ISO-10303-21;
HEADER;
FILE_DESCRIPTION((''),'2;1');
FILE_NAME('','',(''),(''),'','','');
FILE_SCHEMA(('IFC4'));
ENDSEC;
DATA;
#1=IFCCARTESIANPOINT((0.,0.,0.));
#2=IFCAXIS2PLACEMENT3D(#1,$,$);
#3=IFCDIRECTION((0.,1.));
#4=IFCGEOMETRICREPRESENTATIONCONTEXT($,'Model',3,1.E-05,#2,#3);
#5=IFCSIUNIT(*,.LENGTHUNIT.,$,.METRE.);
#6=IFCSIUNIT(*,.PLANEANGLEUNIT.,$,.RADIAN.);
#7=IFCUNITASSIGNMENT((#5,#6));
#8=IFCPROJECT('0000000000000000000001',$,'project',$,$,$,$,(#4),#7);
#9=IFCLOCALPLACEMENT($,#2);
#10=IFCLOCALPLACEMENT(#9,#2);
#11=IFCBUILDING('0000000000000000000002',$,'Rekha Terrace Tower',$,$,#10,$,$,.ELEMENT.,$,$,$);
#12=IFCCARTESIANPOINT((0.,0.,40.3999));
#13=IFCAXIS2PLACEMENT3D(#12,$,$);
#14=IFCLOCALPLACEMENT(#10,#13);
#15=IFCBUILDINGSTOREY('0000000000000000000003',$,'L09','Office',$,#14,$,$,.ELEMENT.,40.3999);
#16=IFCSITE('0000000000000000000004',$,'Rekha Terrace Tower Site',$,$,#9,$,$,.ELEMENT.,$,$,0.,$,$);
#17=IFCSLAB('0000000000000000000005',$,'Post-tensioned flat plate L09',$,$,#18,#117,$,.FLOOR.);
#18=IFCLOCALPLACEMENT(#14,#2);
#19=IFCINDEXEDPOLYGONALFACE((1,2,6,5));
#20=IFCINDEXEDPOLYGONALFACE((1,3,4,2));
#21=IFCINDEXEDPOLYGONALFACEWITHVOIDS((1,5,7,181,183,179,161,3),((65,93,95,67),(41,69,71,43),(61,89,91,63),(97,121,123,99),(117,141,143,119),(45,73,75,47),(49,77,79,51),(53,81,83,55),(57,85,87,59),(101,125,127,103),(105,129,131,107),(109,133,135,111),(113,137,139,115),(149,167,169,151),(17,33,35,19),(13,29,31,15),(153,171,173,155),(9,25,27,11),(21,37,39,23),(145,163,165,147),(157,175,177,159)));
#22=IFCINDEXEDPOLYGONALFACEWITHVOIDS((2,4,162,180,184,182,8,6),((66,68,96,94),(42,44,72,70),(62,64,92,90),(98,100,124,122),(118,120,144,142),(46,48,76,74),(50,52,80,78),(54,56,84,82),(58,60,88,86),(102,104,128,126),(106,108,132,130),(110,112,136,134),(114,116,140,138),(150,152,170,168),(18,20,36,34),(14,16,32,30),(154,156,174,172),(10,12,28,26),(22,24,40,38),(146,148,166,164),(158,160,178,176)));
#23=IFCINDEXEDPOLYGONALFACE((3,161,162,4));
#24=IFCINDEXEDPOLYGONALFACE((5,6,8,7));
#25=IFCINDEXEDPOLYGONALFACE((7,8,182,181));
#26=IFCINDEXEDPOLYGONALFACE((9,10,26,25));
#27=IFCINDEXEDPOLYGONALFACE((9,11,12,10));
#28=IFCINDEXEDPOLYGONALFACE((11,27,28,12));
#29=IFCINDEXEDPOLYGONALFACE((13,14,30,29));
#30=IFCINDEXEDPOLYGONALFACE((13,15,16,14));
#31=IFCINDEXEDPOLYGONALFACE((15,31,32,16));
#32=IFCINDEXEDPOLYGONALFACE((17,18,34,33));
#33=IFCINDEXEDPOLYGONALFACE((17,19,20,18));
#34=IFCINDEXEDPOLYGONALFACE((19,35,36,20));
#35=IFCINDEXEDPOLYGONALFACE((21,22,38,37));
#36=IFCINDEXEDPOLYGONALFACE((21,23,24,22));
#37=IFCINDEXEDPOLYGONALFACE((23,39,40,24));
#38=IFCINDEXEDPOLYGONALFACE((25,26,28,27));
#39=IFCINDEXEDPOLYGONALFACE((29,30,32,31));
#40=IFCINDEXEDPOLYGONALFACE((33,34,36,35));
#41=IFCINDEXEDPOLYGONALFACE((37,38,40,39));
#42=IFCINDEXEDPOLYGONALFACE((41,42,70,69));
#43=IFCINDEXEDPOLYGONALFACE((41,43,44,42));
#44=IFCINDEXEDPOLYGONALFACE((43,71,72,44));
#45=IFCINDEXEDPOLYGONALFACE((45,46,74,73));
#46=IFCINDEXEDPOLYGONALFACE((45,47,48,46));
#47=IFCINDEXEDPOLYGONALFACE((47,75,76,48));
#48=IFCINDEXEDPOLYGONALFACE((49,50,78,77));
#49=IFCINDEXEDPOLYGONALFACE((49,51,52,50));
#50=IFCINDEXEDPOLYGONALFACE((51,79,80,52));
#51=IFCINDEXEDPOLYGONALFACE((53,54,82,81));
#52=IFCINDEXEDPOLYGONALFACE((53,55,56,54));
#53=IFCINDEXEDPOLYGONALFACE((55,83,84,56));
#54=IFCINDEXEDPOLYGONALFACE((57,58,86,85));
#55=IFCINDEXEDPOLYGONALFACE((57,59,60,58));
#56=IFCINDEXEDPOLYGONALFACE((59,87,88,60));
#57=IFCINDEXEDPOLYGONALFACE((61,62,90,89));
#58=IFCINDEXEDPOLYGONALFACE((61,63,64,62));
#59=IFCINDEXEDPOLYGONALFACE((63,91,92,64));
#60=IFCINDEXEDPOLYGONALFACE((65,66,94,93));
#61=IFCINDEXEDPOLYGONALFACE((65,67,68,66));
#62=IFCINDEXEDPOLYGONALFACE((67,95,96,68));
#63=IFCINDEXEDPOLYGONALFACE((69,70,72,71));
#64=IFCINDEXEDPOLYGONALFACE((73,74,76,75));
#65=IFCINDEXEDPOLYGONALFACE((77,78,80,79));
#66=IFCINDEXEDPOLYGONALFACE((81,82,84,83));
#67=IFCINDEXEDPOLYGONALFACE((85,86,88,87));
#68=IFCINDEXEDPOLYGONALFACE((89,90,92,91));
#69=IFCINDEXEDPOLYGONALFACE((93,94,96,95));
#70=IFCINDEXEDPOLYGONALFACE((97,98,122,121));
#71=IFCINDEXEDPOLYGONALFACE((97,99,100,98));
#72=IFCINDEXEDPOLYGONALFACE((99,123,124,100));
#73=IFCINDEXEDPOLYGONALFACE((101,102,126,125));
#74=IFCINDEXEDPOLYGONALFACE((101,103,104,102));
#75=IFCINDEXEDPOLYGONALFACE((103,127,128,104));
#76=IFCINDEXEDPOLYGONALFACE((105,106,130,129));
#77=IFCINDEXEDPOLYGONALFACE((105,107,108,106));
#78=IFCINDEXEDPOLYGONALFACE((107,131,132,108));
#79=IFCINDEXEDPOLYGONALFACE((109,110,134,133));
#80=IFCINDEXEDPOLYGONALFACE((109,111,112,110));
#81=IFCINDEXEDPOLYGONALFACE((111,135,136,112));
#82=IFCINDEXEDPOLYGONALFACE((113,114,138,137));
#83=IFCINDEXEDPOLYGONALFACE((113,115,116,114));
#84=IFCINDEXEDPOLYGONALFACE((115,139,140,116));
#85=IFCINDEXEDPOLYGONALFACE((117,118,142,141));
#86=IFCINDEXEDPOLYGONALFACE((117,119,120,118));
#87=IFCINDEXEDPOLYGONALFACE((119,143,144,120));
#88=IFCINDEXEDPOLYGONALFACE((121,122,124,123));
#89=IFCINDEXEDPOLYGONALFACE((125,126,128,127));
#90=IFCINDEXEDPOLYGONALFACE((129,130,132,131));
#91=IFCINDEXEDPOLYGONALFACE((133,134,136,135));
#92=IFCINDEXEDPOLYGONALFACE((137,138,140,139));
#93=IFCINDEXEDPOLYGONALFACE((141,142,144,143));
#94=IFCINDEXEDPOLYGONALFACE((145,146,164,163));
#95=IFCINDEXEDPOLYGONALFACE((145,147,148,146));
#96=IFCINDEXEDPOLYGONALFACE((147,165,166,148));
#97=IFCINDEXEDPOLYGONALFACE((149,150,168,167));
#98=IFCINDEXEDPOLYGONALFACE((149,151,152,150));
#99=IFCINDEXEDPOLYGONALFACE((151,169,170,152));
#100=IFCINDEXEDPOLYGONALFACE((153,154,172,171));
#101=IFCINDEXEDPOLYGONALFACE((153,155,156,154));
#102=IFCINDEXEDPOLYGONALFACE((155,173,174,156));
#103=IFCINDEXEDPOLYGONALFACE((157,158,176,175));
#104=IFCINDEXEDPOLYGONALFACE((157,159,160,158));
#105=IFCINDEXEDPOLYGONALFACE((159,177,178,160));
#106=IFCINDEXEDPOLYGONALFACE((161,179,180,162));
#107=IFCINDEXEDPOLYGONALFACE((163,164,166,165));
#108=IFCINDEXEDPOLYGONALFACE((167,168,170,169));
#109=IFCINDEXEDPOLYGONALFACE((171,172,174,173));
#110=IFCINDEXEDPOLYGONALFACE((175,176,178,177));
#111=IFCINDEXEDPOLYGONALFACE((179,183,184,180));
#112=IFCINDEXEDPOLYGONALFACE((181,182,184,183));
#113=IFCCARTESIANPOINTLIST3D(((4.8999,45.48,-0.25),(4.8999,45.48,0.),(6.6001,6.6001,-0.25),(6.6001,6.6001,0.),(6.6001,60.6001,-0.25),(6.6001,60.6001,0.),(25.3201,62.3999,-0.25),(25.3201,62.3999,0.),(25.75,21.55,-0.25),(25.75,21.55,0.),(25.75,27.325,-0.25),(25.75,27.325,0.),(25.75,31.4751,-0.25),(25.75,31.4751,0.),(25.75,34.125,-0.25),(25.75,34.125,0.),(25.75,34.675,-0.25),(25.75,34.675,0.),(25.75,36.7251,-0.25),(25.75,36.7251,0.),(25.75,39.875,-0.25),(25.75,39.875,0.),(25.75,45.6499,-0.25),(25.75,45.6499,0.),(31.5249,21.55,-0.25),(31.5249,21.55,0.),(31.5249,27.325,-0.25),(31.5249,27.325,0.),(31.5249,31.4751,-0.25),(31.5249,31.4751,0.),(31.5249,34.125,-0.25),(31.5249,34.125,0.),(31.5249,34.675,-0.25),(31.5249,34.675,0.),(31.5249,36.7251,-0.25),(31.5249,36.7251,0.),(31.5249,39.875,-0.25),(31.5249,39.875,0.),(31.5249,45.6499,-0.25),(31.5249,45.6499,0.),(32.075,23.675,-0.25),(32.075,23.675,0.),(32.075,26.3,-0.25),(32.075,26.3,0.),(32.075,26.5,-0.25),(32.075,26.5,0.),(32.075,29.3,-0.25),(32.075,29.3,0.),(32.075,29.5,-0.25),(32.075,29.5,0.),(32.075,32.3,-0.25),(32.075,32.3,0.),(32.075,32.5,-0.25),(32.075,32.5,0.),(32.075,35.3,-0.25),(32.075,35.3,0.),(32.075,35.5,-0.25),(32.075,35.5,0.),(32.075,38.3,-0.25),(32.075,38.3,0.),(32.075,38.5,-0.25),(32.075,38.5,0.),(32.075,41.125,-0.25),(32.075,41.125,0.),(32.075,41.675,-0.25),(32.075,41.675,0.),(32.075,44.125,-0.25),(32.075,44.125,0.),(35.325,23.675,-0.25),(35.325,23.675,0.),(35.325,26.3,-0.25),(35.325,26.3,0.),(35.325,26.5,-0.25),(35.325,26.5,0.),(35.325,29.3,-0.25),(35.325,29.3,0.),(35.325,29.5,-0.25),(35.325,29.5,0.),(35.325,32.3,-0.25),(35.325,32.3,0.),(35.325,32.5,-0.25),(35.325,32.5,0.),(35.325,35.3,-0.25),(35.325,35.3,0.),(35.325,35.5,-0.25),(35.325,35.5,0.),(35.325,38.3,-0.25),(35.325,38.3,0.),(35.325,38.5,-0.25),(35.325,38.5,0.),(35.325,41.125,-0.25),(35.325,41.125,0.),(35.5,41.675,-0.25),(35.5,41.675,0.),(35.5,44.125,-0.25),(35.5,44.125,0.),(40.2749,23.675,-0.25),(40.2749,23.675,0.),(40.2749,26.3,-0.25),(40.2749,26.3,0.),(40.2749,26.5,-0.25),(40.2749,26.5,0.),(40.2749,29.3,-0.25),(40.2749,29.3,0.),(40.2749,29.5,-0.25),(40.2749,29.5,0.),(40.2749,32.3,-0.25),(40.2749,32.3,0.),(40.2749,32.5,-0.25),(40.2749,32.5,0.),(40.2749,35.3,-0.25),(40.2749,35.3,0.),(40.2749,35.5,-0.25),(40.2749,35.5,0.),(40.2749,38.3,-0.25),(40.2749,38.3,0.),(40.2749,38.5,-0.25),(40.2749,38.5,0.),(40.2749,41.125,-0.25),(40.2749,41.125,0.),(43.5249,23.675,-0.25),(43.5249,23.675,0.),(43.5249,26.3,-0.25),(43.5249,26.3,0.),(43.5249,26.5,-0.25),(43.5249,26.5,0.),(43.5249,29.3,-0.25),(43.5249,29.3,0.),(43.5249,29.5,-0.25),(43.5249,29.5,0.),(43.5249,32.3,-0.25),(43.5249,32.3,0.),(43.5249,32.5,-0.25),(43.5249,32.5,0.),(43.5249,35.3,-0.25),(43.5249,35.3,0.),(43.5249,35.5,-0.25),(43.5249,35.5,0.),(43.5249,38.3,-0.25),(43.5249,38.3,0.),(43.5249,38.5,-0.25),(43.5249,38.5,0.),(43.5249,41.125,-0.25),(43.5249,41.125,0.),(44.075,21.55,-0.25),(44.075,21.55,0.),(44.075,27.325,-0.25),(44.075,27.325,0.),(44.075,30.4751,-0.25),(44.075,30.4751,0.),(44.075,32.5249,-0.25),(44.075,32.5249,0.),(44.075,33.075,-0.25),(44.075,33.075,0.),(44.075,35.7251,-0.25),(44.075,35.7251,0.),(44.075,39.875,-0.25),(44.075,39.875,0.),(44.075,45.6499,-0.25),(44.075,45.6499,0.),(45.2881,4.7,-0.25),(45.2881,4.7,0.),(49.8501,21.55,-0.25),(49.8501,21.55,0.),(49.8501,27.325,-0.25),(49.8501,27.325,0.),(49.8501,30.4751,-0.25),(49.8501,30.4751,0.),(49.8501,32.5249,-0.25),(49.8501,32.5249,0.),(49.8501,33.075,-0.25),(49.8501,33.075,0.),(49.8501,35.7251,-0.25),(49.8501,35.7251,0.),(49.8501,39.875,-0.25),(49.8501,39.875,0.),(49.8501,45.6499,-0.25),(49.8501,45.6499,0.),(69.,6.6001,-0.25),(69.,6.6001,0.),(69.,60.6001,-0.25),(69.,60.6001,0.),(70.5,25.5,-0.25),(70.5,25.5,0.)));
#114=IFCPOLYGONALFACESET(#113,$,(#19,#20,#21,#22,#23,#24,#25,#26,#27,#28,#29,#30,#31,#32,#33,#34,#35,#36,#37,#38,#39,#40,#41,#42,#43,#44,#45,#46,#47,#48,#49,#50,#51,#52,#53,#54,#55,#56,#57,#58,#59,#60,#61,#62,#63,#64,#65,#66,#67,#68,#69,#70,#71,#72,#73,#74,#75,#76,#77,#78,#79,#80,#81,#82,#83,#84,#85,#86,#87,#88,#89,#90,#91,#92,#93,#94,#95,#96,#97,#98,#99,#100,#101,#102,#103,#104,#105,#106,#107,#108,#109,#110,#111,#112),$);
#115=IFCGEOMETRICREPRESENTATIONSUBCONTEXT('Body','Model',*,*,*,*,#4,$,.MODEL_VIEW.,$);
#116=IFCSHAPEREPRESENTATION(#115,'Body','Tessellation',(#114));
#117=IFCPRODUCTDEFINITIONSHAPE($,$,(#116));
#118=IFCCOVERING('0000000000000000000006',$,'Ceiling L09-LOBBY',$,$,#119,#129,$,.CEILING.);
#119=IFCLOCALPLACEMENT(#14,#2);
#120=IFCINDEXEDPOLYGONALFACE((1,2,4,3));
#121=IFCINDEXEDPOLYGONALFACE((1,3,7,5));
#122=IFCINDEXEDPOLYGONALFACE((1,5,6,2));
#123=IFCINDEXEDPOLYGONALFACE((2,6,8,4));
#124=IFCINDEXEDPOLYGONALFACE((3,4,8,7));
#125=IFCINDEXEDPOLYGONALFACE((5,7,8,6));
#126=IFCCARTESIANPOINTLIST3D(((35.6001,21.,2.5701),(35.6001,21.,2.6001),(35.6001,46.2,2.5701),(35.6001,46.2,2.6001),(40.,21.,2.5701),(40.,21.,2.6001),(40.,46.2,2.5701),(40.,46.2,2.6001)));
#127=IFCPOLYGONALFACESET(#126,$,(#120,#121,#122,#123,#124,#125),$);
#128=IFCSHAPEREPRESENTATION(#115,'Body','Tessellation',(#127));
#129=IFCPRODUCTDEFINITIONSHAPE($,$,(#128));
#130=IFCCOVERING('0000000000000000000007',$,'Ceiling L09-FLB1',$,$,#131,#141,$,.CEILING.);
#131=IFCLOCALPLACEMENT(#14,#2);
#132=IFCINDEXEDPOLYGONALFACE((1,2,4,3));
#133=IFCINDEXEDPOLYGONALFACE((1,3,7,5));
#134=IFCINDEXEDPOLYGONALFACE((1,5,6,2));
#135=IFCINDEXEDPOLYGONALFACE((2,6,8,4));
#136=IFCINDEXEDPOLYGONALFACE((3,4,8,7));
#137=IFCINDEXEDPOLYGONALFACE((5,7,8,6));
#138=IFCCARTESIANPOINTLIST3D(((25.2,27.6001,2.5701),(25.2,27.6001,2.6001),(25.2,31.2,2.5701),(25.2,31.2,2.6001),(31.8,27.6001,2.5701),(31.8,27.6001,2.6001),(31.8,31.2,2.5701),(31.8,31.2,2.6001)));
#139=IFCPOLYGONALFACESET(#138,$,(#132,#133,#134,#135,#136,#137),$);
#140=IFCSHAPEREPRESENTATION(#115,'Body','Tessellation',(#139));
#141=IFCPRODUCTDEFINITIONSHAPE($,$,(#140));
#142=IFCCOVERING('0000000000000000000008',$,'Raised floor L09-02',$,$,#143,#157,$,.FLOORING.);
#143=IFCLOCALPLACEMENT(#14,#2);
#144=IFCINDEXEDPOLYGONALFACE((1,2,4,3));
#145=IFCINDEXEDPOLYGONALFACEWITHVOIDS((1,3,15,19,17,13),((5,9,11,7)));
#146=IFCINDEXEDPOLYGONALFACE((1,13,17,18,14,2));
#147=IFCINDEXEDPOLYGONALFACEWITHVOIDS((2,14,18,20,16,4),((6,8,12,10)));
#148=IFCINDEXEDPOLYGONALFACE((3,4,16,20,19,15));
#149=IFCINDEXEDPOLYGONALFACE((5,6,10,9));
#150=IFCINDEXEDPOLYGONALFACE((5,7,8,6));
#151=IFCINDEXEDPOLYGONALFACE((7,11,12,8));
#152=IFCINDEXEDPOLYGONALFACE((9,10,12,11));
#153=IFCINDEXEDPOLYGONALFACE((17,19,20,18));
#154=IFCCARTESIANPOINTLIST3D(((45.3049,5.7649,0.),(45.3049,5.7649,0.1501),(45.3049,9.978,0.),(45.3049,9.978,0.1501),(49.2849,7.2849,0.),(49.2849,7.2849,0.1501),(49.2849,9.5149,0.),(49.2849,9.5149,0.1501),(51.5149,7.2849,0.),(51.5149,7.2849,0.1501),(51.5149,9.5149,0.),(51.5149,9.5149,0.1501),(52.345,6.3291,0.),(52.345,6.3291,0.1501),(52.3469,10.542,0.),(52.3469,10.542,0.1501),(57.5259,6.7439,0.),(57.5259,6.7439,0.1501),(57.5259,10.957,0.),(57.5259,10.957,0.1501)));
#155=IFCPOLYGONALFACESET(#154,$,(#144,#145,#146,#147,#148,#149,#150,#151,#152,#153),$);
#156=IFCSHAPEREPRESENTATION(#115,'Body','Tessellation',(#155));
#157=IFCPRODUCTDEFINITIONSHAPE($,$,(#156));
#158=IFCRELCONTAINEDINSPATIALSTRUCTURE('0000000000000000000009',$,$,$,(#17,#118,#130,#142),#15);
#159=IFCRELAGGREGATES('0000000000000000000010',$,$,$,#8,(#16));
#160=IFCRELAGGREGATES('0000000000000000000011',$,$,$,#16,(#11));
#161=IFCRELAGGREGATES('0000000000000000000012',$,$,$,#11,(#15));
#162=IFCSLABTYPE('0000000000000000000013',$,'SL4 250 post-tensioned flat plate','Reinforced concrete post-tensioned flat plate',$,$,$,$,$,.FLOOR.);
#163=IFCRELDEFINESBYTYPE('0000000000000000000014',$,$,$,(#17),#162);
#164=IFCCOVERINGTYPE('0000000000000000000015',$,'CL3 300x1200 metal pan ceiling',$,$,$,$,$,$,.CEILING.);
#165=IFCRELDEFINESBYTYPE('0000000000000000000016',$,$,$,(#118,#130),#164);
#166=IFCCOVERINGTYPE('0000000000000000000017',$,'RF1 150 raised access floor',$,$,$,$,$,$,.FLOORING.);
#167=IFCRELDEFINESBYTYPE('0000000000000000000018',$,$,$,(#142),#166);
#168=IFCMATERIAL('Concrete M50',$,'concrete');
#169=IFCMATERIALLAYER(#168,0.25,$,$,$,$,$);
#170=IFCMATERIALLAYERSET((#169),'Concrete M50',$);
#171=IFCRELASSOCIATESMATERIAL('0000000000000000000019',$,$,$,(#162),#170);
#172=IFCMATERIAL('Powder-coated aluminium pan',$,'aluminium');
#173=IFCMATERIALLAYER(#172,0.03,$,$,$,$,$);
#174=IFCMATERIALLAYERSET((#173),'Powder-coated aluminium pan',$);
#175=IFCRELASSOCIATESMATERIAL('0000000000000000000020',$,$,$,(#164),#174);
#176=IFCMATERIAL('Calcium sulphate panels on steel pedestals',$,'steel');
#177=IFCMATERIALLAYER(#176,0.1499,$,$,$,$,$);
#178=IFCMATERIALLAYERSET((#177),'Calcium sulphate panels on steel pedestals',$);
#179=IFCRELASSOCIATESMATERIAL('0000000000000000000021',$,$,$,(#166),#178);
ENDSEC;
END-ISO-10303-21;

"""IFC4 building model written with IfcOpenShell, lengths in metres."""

from ifc_helpers import new_model, si_unit, direction, frame, origin, place, context, subcontext, project, spatial, polyline, outline, extrude, material, layer, layer_set, type_object, element, save


model = new_model("IFC4")

# Units and contexts
model_context = context("Model", 3, precision=1e-05, world=origin(), true_north=direction((0.0, 1.0)))
body_context = subcontext(model_context, "Body", "Model", "MODEL_VIEW")
ifc_project = project(units=[si_unit("LENGTHUNIT", "METRE"), si_unit("PLANEANGLEUNIT", "RADIAN")], contexts=[model_context])

# Site, building, storey
site_placement = place(None, origin())
site = spatial("IfcSite", under=ifc_project, at=site_placement, Name="Rekha Terrace Tower Site", CompositionType="ELEMENT", RefElevation=0.0)
building_placement = place(site_placement, origin())
building = spatial("IfcBuilding", under=site, at=building_placement, Name="Rekha Terrace Tower", CompositionType="ELEMENT")
storey_placement = place(building_placement, frame((0.0, 0.0, 40.3999)))
storey = spatial("IfcBuildingStorey", under=building, at=storey_placement, Name="L09", Description="Office", CompositionType="ELEMENT", Elevation=40.3999)

# Slab
ifc_material_1 = material(Name="Concrete M50", Category="concrete")
ifc_layer_1 = layer(ifc_material_1, 0.25)
ifc_layer_set_1 = layer_set([ifc_layer_1], Name="Concrete M50")
slab_type_1 = type_object("IfcSlabType", Name="SL4 250 post-tensioned flat plate", Description="Reinforced concrete post-tensioned flat plate", PredefinedType="FLOOR", material=ifc_layer_set_1)
slab_1_placement = place(storey_placement, frame((0.0, 0.0, -0.25)))
element("IfcSlab", 1, at=slab_1_placement, inside=storey, type_object=slab_type_1, Name="Post-tensioned flat plate L09", PredefinedType="FLOOR", context=body_context, shape_type="SweptSolid", body=[
    extrude(outline(polyline([(4.8999, 45.48), (6.6001, 6.6001), (45.2881, 4.7), (69.0, 6.6001), (70.5, 25.5), (69.0, 60.6001), (25.3201, 62.3999), (6.6001, 60.6001), (4.8999, 45.48)]), holes=[polyline([(31.5249, 27.325), (31.5249, 21.55), (25.75, 21.55), (25.75, 27.325), (31.5249, 27.325)]), polyline([(35.325, 26.3), (35.325, 23.675), (32.075, 23.675), (32.075, 26.3), (35.325, 26.3)]), polyline([(35.325, 29.3), (35.325, 26.5), (32.075, 26.5), (32.075, 29.3), (35.325, 29.3)]), polyline([(35.325, 29.5), (32.075, 29.5), (32.075, 32.3), (35.325, 32.3), (35.325, 29.5)]), polyline([(31.5249, 31.4751), (25.75, 31.4751), (25.75, 34.125), (31.5249, 34.125), (31.5249, 31.4751)]), polyline([(35.325, 35.3), (35.325, 32.5), (32.075, 32.5), (32.075, 35.3), (35.325, 35.3)]), polyline([(31.5249, 36.7251), (31.5249, 34.675), (25.75, 34.675), (25.75, 36.7251), (31.5249, 36.7251)]), polyline([(35.325, 38.3), (35.325, 35.5), (32.075, 35.5), (32.075, 38.3), (35.325, 38.3)]), polyline([(35.325, 38.5), (32.075, 38.5), (32.075, 41.125), (35.325, 41.125), (35.325, 38.5)]), polyline([(31.5249, 39.875), (25.75, 39.875), (25.75, 45.6499), (31.5249, 45.6499), (31.5249, 39.875)]), polyline([(35.5, 44.125), (35.5, 41.675), (32.075, 41.675), (32.075, 44.125), (35.5, 44.125)]), polyline([(49.8501, 27.325), (49.8501, 21.55), (44.075, 21.55), (44.075, 27.325), (49.8501, 27.325)]), polyline([(43.5249, 26.3), (43.5249, 23.675), (40.2749, 23.675), (40.2749, 26.3), (43.5249, 26.3)]), polyline([(43.5249, 26.5), (40.2749, 26.5), (40.2749, 29.3), (43.5249, 29.3), (43.5249, 26.5)]), polyline([(43.5249, 29.5), (40.2749, 29.5), (40.2749, 32.3), (43.5249, 32.3), (43.5249, 29.5)]), polyline([(49.8501, 32.5249), (49.8501, 30.4751), (44.075, 30.4751), (44.075, 32.5249), (49.8501, 32.5249)]), polyline([(43.5249, 32.5), (40.2749, 32.5), (40.2749, 35.3), (43.5249, 35.3), (43.5249, 32.5)]), polyline([(49.8501, 33.075), (44.075, 33.075), (44.075, 35.7251), (49.8501, 35.7251), (49.8501, 33.075)]), polyline([(43.5249, 38.3), (43.5249, 35.5), (40.2749, 35.5), (40.2749, 38.3), (43.5249, 38.3)]), polyline([(43.5249, 38.5), (40.2749, 38.5), (40.2749, 41.125), (43.5249, 41.125), (43.5249, 38.5)]), polyline([(49.8501, 39.875), (44.075, 39.875), (44.075, 45.6499), (49.8501, 45.6499), (49.8501, 39.875)])]), origin(), (0.0, 0.0, 1.0), 0.25),
])

# Coverings
ifc_material_2 = material(Name="Powder-coated aluminium pan", Category="aluminium")
ifc_layer_2 = layer(ifc_material_2, 0.03)
ifc_layer_set_2 = layer_set([ifc_layer_2], Name="Powder-coated aluminium pan")
covering_type_1 = type_object("IfcCoveringType", Name="CL3 300x1200 metal pan ceiling", PredefinedType="CEILING", material=ifc_layer_set_2)
covering_1_placement = place(storey_placement, frame((0.0, 0.0, 2.5701)))
element("IfcCovering", 2, at=covering_1_placement, inside=storey, type_object=covering_type_1, Name="Ceiling L09-LOBBY", PredefinedType="CEILING", context=body_context, shape_type="SweptSolid", body=[
    extrude(outline(polyline([(40.0, 46.2), (35.6001, 46.2), (35.6001, 21.0), (40.0, 21.0), (40.0, 46.2)])), origin(), (0.0, 0.0, 1.0), 0.03),
])
covering_2_placement = place(storey_placement, frame((0.0, 0.0, 2.5701)))
element("IfcCovering", 3, at=covering_2_placement, inside=storey, type_object=covering_type_1, Name="Ceiling L09-FLB1", PredefinedType="CEILING", context=body_context, shape_type="SweptSolid", body=[
    extrude(outline(polyline([(31.8, 31.2), (25.2, 31.2), (25.2, 27.6001), (31.8, 27.6001), (31.8, 31.2)])), origin(), (0.0, 0.0, 1.0), 0.03),
])
ifc_material_3 = material(Name="Calcium sulphate panels on steel pedestals", Category="steel")
ifc_layer_3 = layer(ifc_material_3, 0.1499)
ifc_layer_set_3 = layer_set([ifc_layer_3], Name="Calcium sulphate panels on steel pedestals")
covering_type_2 = type_object("IfcCoveringType", Name="RF1 150 raised access floor", PredefinedType="FLOORING", material=ifc_layer_set_3)
covering_3_placement = place(storey_placement, origin())
element("IfcCovering", 4, at=covering_3_placement, inside=storey, type_object=covering_type_2, Name="Raised floor L09-02", PredefinedType="FLOORING", context=body_context, shape_type="SweptSolid", body=[
    extrude(outline(polyline([(52.3469, 10.542), (45.3049, 9.978), (45.3049, 5.7649), (52.345, 6.3291), (57.5259, 6.7439), (57.5259, 10.957), (52.3469, 10.542)]), holes=[polyline([(51.5149, 7.2849), (49.2849, 7.2849), (49.2849, 9.5149), (51.5149, 9.5149), (51.5149, 7.2849)])]), origin(), (0.0, 0.0, 1.0), 0.1501),
])

save(model, "model.ifc")
